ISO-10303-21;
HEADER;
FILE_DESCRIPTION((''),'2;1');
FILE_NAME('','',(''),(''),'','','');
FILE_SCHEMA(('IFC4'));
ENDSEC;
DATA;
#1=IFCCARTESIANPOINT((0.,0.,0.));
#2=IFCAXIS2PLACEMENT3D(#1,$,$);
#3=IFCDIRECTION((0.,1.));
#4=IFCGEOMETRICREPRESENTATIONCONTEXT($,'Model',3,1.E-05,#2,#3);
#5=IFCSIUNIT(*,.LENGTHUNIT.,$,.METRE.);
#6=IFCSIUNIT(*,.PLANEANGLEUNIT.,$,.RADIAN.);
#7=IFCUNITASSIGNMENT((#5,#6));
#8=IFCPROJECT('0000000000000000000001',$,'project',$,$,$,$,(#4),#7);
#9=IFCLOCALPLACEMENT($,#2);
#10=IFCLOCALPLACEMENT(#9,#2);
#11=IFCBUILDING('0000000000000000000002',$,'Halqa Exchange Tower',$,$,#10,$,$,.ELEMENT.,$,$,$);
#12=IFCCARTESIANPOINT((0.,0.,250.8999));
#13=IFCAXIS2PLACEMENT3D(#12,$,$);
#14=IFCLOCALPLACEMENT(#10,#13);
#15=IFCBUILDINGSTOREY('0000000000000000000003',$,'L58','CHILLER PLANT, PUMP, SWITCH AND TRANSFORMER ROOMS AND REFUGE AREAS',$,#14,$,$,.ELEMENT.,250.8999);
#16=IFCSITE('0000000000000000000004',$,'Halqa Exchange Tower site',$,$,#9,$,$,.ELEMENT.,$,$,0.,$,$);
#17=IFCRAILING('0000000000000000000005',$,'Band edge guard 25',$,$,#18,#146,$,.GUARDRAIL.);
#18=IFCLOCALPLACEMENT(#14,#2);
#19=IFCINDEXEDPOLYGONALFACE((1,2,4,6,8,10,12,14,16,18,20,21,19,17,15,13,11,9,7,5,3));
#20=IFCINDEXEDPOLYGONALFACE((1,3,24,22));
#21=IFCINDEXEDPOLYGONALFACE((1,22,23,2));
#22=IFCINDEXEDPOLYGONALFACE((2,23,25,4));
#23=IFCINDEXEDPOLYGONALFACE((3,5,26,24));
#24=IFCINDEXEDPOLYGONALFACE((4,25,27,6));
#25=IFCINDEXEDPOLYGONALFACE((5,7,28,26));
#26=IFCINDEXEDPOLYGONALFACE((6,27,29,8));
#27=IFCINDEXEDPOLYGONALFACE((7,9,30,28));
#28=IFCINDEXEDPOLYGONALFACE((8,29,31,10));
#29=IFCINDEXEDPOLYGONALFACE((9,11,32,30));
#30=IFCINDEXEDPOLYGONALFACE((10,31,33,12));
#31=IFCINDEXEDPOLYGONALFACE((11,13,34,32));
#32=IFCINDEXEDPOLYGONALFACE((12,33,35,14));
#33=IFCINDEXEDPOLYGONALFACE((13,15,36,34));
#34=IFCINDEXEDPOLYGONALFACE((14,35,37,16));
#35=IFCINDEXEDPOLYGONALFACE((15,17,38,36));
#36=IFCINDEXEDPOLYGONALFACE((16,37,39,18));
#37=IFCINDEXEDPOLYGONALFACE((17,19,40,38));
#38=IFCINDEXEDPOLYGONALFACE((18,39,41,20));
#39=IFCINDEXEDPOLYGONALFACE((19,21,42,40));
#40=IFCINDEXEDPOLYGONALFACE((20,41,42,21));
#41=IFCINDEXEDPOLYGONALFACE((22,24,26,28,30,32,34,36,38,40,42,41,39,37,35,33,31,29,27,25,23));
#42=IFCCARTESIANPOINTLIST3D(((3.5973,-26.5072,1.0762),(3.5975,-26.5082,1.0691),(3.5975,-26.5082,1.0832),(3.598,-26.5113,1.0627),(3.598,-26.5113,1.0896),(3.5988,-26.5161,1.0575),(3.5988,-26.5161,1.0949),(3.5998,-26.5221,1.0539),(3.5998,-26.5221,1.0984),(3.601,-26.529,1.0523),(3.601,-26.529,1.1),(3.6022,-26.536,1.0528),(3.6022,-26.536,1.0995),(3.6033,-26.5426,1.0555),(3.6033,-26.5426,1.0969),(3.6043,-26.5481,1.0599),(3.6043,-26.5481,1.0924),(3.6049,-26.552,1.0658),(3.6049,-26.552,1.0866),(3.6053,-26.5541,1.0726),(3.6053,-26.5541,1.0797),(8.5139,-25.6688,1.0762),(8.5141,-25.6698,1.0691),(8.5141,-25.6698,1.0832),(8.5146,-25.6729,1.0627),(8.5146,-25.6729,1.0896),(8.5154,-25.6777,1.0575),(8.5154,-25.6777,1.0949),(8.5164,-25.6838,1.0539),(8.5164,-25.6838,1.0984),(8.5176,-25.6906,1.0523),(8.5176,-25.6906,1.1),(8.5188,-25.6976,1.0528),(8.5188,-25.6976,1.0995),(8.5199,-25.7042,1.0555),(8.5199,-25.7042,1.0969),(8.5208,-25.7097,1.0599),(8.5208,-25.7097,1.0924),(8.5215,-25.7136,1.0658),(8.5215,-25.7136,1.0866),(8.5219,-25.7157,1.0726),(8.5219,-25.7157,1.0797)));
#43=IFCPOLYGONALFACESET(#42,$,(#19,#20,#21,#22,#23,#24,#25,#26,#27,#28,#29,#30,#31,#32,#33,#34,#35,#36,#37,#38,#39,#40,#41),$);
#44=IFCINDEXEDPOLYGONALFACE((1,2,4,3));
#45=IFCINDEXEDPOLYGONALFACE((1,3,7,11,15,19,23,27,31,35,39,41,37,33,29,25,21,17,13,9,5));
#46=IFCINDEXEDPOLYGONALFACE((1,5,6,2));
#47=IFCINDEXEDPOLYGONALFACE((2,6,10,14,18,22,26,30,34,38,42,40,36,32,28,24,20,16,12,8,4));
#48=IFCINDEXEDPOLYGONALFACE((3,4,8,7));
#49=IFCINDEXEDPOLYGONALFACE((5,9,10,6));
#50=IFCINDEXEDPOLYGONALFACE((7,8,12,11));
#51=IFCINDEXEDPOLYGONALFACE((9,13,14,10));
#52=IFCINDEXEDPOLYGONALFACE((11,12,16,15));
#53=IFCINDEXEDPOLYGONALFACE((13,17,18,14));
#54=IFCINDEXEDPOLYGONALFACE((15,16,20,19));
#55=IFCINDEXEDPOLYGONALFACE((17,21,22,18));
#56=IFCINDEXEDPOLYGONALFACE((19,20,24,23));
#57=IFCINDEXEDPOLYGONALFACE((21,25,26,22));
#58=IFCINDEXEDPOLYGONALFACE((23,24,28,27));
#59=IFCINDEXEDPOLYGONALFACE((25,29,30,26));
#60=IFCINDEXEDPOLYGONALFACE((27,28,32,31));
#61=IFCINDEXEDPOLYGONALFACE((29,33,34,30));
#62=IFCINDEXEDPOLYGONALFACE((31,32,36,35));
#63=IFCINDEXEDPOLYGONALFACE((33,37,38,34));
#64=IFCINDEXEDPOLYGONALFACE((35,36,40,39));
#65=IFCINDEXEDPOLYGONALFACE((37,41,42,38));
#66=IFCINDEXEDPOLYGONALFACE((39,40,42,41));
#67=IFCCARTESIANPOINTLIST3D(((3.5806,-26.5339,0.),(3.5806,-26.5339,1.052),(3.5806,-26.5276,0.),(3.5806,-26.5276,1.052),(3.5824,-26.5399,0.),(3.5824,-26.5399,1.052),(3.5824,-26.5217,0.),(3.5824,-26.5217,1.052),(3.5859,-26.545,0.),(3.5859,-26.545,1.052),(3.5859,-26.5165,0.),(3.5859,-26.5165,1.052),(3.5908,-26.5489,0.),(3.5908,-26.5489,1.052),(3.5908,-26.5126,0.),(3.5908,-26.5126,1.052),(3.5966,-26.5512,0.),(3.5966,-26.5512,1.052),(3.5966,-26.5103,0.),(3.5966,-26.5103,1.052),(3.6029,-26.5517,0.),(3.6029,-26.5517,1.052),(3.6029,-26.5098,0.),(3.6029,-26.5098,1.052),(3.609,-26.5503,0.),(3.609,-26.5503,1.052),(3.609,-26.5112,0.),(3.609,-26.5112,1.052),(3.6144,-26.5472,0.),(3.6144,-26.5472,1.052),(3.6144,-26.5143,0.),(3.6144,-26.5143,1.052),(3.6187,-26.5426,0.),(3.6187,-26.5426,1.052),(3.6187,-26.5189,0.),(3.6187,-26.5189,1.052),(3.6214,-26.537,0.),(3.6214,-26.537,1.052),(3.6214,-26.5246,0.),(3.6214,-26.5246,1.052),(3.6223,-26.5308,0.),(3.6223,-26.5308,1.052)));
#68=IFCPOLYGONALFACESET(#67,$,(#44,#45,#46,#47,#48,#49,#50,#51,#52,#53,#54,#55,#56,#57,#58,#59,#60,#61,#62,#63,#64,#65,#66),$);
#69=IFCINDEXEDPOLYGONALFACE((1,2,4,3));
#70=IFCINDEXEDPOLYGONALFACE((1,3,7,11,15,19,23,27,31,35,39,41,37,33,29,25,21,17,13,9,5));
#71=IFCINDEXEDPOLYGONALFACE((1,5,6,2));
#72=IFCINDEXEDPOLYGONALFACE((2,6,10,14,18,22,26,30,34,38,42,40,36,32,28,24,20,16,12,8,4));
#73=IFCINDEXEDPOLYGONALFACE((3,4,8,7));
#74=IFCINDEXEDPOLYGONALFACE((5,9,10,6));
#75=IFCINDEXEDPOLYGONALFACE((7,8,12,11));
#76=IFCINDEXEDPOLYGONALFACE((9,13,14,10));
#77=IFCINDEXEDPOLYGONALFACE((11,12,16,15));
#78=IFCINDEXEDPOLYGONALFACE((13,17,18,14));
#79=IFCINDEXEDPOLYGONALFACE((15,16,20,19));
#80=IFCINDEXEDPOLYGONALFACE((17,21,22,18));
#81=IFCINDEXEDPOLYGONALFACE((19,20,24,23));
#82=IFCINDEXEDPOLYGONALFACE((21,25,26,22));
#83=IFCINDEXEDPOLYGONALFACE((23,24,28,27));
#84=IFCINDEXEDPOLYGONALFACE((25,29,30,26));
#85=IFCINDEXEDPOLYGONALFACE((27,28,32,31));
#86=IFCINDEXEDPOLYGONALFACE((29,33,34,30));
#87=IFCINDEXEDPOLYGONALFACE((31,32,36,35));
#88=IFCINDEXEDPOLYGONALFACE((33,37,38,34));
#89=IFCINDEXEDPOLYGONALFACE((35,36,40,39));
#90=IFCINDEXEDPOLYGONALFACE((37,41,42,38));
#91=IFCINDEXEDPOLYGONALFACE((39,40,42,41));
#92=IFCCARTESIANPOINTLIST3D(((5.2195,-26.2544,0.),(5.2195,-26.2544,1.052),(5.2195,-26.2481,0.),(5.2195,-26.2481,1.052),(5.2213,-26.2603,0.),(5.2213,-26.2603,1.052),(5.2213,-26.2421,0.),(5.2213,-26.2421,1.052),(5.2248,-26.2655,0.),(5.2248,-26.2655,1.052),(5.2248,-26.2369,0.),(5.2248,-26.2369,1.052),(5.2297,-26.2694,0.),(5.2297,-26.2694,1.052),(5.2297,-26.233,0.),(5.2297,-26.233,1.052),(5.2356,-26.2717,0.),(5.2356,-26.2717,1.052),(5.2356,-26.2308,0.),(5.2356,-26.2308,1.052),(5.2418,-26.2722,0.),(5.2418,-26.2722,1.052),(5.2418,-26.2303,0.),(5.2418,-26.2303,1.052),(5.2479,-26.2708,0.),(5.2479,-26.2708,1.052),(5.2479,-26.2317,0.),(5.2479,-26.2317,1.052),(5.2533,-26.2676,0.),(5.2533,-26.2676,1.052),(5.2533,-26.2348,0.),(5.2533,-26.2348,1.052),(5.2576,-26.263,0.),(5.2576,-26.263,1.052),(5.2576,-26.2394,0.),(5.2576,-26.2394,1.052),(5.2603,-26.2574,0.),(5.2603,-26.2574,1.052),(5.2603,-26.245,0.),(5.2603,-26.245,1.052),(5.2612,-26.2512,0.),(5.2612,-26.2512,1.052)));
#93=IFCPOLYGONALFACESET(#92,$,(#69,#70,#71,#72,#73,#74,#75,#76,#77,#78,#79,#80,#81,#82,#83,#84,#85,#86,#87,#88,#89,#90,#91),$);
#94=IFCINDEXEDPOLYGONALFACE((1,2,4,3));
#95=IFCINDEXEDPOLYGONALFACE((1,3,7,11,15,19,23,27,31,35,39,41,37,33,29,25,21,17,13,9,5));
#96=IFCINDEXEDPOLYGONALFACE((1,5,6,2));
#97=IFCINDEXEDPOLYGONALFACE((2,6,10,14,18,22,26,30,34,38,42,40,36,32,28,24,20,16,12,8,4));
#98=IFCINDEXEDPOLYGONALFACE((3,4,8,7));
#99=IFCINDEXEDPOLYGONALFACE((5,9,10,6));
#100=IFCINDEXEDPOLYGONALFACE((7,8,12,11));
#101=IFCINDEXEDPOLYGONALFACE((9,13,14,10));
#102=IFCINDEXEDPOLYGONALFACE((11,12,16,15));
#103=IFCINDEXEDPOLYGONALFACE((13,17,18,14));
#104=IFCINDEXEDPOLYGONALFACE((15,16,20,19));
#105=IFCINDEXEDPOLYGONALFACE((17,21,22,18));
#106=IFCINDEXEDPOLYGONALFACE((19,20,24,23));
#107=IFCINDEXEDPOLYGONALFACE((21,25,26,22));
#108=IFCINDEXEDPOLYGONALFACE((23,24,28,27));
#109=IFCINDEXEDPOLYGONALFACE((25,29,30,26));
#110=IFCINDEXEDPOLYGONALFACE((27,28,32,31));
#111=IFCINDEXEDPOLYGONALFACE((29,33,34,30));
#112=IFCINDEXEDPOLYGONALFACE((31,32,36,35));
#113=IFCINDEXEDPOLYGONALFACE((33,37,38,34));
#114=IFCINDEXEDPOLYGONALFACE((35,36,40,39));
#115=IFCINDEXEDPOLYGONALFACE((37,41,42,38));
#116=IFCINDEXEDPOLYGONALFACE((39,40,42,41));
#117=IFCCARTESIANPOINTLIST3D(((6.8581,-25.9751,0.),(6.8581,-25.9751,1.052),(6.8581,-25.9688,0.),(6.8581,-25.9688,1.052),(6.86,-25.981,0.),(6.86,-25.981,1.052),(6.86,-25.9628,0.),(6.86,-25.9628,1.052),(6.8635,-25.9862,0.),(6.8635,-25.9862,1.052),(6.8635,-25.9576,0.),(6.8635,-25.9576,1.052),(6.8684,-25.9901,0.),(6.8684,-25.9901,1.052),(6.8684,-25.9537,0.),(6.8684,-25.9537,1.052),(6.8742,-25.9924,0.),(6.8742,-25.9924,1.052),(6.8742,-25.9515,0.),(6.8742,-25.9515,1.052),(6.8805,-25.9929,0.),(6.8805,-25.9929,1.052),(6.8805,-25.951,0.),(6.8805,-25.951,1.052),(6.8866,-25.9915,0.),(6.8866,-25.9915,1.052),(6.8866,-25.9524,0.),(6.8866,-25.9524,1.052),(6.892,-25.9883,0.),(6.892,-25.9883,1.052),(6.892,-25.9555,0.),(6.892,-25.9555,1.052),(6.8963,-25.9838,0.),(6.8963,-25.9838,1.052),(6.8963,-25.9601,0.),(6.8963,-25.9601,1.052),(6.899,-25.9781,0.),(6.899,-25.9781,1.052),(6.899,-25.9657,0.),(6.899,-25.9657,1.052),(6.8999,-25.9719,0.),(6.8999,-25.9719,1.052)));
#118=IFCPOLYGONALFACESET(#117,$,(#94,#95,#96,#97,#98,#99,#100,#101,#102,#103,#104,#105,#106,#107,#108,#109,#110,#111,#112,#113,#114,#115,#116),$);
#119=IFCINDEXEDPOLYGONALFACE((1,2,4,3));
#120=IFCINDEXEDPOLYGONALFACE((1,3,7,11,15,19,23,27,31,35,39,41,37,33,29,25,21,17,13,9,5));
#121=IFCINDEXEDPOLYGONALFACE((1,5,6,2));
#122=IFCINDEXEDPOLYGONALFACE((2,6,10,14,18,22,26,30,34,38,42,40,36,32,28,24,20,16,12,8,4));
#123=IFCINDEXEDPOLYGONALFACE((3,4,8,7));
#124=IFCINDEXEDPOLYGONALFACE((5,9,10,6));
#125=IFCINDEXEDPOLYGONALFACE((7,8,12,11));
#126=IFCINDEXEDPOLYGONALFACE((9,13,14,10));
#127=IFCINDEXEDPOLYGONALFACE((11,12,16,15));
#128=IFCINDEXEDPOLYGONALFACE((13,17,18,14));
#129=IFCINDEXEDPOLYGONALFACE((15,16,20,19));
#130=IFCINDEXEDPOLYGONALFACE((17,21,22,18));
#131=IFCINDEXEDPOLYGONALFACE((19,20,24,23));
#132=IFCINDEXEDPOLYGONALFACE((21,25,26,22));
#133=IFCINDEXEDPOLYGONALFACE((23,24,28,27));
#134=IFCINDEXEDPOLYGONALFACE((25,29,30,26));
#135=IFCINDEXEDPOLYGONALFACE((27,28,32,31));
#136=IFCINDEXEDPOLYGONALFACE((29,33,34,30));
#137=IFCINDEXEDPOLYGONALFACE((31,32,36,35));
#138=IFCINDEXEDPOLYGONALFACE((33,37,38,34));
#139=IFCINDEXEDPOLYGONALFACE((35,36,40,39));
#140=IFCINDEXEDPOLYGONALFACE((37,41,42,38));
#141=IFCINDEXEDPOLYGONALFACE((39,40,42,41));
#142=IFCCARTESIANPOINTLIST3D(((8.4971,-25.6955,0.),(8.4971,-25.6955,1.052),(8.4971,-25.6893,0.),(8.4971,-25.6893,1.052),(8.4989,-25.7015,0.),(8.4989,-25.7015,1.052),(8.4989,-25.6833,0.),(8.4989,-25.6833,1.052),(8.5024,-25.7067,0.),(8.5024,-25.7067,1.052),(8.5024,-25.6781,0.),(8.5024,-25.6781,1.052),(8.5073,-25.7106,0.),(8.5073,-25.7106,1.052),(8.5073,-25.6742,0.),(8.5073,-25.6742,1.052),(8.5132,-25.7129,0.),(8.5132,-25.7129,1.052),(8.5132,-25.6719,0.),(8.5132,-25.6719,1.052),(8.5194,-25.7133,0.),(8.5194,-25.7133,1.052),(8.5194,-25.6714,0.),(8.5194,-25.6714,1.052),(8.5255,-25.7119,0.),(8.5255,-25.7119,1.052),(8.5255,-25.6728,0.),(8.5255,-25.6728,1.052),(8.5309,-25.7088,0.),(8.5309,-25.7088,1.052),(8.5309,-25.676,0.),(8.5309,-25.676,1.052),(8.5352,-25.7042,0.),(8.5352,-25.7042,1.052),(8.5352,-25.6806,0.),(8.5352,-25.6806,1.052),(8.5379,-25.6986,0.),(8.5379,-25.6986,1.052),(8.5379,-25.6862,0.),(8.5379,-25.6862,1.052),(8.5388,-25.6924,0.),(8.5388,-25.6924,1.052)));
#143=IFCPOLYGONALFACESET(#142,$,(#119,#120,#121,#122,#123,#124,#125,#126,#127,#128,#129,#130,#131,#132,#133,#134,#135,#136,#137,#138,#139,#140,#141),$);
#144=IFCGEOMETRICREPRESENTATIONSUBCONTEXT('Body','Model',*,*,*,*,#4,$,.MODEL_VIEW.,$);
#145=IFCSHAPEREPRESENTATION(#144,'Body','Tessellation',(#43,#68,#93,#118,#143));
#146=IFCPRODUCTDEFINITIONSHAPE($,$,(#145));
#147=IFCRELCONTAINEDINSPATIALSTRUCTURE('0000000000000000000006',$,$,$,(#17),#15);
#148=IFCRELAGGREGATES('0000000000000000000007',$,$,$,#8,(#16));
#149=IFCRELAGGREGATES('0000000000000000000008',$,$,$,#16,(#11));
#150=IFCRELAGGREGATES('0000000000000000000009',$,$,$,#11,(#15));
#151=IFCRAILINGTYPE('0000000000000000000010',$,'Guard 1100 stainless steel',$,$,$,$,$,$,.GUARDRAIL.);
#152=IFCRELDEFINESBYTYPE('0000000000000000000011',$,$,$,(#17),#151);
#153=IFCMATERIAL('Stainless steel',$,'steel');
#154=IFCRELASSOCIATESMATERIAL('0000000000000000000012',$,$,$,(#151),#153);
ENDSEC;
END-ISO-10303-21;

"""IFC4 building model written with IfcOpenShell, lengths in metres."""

from ifc_helpers import new_model, si_unit, direction, frame, origin, origin_2d, place, context, subcontext, project, spatial, circle, extrude, material, type_object, element, save


model = new_model("IFC4")

# Units and contexts
model_context = context("Model", 3, precision=1e-05, world=origin(), true_north=direction((0.0, 1.0)))
body_context = subcontext(model_context, "Body", "Model", "MODEL_VIEW")
ifc_project = project(units=[si_unit("LENGTHUNIT", "METRE"), si_unit("PLANEANGLEUNIT", "RADIAN")], contexts=[model_context])

# Site, building, storey
site_placement = place(None, origin())
site = spatial("IfcSite", under=ifc_project, at=site_placement, Name="Halqa Exchange Tower site", CompositionType="ELEMENT", RefElevation=0.0)
building_placement = place(site_placement, origin())
building = spatial("IfcBuilding", under=site, at=building_placement, Name="Halqa Exchange Tower", CompositionType="ELEMENT")
storey_placement = place(building_placement, frame((0.0, 0.0, 250.8999)))
storey = spatial("IfcBuildingStorey", under=building, at=storey_placement, Name="L58", Description="CHILLER PLANT, PUMP, SWITCH AND TRANSFORMER ROOMS AND REFUGE AREAS", CompositionType="ELEMENT", Elevation=250.8999)

# Railing
ifc_material_1 = material(Name="Stainless steel", Category="steel")
railing_type = type_object("IfcRailingType", Name="Guard 1100 stainless steel", PredefinedType="GUARDRAIL", material=ifc_material_1)
railing_1_placement = place(storey_placement, frame((3.6013, -26.5308, 0.0)))
element("IfcRailing", 1, at=railing_1_placement, inside=storey, type_object=railing_type, Name="Band edge guard 25", PredefinedType="GUARDRAIL", context=body_context, shape_type="SweptSolid", body=[
    extrude(circle(Radius=0.0239, at=origin_2d()), frame((0.0, 0.0, 1.0762), z_axis=(0.98577, 0.168097, 0.0), x_axis=(-0.168097, 0.98577, 0.0)), (0.0, 0.0, 1.0), 4.9875),
    extrude(circle(Radius=0.021, at=origin_2d()), origin(), (0.0, 0.0, 1.0), 1.052),
    extrude(circle(Radius=0.021, at=origin_2d()), frame((1.6389, 0.2795, 0.0)), (0.0, 0.0, 1.0), 1.052),
    extrude(circle(Radius=0.021, at=origin_2d()), frame((3.2776, 0.5588, 0.0)), (0.0, 0.0, 1.0), 1.052),
    extrude(circle(Radius=0.021, at=origin_2d()), frame((4.9165, 0.8384, 0.0)), (0.0, 0.0, 1.0), 1.052),
])

save(model, "model.ifc")
